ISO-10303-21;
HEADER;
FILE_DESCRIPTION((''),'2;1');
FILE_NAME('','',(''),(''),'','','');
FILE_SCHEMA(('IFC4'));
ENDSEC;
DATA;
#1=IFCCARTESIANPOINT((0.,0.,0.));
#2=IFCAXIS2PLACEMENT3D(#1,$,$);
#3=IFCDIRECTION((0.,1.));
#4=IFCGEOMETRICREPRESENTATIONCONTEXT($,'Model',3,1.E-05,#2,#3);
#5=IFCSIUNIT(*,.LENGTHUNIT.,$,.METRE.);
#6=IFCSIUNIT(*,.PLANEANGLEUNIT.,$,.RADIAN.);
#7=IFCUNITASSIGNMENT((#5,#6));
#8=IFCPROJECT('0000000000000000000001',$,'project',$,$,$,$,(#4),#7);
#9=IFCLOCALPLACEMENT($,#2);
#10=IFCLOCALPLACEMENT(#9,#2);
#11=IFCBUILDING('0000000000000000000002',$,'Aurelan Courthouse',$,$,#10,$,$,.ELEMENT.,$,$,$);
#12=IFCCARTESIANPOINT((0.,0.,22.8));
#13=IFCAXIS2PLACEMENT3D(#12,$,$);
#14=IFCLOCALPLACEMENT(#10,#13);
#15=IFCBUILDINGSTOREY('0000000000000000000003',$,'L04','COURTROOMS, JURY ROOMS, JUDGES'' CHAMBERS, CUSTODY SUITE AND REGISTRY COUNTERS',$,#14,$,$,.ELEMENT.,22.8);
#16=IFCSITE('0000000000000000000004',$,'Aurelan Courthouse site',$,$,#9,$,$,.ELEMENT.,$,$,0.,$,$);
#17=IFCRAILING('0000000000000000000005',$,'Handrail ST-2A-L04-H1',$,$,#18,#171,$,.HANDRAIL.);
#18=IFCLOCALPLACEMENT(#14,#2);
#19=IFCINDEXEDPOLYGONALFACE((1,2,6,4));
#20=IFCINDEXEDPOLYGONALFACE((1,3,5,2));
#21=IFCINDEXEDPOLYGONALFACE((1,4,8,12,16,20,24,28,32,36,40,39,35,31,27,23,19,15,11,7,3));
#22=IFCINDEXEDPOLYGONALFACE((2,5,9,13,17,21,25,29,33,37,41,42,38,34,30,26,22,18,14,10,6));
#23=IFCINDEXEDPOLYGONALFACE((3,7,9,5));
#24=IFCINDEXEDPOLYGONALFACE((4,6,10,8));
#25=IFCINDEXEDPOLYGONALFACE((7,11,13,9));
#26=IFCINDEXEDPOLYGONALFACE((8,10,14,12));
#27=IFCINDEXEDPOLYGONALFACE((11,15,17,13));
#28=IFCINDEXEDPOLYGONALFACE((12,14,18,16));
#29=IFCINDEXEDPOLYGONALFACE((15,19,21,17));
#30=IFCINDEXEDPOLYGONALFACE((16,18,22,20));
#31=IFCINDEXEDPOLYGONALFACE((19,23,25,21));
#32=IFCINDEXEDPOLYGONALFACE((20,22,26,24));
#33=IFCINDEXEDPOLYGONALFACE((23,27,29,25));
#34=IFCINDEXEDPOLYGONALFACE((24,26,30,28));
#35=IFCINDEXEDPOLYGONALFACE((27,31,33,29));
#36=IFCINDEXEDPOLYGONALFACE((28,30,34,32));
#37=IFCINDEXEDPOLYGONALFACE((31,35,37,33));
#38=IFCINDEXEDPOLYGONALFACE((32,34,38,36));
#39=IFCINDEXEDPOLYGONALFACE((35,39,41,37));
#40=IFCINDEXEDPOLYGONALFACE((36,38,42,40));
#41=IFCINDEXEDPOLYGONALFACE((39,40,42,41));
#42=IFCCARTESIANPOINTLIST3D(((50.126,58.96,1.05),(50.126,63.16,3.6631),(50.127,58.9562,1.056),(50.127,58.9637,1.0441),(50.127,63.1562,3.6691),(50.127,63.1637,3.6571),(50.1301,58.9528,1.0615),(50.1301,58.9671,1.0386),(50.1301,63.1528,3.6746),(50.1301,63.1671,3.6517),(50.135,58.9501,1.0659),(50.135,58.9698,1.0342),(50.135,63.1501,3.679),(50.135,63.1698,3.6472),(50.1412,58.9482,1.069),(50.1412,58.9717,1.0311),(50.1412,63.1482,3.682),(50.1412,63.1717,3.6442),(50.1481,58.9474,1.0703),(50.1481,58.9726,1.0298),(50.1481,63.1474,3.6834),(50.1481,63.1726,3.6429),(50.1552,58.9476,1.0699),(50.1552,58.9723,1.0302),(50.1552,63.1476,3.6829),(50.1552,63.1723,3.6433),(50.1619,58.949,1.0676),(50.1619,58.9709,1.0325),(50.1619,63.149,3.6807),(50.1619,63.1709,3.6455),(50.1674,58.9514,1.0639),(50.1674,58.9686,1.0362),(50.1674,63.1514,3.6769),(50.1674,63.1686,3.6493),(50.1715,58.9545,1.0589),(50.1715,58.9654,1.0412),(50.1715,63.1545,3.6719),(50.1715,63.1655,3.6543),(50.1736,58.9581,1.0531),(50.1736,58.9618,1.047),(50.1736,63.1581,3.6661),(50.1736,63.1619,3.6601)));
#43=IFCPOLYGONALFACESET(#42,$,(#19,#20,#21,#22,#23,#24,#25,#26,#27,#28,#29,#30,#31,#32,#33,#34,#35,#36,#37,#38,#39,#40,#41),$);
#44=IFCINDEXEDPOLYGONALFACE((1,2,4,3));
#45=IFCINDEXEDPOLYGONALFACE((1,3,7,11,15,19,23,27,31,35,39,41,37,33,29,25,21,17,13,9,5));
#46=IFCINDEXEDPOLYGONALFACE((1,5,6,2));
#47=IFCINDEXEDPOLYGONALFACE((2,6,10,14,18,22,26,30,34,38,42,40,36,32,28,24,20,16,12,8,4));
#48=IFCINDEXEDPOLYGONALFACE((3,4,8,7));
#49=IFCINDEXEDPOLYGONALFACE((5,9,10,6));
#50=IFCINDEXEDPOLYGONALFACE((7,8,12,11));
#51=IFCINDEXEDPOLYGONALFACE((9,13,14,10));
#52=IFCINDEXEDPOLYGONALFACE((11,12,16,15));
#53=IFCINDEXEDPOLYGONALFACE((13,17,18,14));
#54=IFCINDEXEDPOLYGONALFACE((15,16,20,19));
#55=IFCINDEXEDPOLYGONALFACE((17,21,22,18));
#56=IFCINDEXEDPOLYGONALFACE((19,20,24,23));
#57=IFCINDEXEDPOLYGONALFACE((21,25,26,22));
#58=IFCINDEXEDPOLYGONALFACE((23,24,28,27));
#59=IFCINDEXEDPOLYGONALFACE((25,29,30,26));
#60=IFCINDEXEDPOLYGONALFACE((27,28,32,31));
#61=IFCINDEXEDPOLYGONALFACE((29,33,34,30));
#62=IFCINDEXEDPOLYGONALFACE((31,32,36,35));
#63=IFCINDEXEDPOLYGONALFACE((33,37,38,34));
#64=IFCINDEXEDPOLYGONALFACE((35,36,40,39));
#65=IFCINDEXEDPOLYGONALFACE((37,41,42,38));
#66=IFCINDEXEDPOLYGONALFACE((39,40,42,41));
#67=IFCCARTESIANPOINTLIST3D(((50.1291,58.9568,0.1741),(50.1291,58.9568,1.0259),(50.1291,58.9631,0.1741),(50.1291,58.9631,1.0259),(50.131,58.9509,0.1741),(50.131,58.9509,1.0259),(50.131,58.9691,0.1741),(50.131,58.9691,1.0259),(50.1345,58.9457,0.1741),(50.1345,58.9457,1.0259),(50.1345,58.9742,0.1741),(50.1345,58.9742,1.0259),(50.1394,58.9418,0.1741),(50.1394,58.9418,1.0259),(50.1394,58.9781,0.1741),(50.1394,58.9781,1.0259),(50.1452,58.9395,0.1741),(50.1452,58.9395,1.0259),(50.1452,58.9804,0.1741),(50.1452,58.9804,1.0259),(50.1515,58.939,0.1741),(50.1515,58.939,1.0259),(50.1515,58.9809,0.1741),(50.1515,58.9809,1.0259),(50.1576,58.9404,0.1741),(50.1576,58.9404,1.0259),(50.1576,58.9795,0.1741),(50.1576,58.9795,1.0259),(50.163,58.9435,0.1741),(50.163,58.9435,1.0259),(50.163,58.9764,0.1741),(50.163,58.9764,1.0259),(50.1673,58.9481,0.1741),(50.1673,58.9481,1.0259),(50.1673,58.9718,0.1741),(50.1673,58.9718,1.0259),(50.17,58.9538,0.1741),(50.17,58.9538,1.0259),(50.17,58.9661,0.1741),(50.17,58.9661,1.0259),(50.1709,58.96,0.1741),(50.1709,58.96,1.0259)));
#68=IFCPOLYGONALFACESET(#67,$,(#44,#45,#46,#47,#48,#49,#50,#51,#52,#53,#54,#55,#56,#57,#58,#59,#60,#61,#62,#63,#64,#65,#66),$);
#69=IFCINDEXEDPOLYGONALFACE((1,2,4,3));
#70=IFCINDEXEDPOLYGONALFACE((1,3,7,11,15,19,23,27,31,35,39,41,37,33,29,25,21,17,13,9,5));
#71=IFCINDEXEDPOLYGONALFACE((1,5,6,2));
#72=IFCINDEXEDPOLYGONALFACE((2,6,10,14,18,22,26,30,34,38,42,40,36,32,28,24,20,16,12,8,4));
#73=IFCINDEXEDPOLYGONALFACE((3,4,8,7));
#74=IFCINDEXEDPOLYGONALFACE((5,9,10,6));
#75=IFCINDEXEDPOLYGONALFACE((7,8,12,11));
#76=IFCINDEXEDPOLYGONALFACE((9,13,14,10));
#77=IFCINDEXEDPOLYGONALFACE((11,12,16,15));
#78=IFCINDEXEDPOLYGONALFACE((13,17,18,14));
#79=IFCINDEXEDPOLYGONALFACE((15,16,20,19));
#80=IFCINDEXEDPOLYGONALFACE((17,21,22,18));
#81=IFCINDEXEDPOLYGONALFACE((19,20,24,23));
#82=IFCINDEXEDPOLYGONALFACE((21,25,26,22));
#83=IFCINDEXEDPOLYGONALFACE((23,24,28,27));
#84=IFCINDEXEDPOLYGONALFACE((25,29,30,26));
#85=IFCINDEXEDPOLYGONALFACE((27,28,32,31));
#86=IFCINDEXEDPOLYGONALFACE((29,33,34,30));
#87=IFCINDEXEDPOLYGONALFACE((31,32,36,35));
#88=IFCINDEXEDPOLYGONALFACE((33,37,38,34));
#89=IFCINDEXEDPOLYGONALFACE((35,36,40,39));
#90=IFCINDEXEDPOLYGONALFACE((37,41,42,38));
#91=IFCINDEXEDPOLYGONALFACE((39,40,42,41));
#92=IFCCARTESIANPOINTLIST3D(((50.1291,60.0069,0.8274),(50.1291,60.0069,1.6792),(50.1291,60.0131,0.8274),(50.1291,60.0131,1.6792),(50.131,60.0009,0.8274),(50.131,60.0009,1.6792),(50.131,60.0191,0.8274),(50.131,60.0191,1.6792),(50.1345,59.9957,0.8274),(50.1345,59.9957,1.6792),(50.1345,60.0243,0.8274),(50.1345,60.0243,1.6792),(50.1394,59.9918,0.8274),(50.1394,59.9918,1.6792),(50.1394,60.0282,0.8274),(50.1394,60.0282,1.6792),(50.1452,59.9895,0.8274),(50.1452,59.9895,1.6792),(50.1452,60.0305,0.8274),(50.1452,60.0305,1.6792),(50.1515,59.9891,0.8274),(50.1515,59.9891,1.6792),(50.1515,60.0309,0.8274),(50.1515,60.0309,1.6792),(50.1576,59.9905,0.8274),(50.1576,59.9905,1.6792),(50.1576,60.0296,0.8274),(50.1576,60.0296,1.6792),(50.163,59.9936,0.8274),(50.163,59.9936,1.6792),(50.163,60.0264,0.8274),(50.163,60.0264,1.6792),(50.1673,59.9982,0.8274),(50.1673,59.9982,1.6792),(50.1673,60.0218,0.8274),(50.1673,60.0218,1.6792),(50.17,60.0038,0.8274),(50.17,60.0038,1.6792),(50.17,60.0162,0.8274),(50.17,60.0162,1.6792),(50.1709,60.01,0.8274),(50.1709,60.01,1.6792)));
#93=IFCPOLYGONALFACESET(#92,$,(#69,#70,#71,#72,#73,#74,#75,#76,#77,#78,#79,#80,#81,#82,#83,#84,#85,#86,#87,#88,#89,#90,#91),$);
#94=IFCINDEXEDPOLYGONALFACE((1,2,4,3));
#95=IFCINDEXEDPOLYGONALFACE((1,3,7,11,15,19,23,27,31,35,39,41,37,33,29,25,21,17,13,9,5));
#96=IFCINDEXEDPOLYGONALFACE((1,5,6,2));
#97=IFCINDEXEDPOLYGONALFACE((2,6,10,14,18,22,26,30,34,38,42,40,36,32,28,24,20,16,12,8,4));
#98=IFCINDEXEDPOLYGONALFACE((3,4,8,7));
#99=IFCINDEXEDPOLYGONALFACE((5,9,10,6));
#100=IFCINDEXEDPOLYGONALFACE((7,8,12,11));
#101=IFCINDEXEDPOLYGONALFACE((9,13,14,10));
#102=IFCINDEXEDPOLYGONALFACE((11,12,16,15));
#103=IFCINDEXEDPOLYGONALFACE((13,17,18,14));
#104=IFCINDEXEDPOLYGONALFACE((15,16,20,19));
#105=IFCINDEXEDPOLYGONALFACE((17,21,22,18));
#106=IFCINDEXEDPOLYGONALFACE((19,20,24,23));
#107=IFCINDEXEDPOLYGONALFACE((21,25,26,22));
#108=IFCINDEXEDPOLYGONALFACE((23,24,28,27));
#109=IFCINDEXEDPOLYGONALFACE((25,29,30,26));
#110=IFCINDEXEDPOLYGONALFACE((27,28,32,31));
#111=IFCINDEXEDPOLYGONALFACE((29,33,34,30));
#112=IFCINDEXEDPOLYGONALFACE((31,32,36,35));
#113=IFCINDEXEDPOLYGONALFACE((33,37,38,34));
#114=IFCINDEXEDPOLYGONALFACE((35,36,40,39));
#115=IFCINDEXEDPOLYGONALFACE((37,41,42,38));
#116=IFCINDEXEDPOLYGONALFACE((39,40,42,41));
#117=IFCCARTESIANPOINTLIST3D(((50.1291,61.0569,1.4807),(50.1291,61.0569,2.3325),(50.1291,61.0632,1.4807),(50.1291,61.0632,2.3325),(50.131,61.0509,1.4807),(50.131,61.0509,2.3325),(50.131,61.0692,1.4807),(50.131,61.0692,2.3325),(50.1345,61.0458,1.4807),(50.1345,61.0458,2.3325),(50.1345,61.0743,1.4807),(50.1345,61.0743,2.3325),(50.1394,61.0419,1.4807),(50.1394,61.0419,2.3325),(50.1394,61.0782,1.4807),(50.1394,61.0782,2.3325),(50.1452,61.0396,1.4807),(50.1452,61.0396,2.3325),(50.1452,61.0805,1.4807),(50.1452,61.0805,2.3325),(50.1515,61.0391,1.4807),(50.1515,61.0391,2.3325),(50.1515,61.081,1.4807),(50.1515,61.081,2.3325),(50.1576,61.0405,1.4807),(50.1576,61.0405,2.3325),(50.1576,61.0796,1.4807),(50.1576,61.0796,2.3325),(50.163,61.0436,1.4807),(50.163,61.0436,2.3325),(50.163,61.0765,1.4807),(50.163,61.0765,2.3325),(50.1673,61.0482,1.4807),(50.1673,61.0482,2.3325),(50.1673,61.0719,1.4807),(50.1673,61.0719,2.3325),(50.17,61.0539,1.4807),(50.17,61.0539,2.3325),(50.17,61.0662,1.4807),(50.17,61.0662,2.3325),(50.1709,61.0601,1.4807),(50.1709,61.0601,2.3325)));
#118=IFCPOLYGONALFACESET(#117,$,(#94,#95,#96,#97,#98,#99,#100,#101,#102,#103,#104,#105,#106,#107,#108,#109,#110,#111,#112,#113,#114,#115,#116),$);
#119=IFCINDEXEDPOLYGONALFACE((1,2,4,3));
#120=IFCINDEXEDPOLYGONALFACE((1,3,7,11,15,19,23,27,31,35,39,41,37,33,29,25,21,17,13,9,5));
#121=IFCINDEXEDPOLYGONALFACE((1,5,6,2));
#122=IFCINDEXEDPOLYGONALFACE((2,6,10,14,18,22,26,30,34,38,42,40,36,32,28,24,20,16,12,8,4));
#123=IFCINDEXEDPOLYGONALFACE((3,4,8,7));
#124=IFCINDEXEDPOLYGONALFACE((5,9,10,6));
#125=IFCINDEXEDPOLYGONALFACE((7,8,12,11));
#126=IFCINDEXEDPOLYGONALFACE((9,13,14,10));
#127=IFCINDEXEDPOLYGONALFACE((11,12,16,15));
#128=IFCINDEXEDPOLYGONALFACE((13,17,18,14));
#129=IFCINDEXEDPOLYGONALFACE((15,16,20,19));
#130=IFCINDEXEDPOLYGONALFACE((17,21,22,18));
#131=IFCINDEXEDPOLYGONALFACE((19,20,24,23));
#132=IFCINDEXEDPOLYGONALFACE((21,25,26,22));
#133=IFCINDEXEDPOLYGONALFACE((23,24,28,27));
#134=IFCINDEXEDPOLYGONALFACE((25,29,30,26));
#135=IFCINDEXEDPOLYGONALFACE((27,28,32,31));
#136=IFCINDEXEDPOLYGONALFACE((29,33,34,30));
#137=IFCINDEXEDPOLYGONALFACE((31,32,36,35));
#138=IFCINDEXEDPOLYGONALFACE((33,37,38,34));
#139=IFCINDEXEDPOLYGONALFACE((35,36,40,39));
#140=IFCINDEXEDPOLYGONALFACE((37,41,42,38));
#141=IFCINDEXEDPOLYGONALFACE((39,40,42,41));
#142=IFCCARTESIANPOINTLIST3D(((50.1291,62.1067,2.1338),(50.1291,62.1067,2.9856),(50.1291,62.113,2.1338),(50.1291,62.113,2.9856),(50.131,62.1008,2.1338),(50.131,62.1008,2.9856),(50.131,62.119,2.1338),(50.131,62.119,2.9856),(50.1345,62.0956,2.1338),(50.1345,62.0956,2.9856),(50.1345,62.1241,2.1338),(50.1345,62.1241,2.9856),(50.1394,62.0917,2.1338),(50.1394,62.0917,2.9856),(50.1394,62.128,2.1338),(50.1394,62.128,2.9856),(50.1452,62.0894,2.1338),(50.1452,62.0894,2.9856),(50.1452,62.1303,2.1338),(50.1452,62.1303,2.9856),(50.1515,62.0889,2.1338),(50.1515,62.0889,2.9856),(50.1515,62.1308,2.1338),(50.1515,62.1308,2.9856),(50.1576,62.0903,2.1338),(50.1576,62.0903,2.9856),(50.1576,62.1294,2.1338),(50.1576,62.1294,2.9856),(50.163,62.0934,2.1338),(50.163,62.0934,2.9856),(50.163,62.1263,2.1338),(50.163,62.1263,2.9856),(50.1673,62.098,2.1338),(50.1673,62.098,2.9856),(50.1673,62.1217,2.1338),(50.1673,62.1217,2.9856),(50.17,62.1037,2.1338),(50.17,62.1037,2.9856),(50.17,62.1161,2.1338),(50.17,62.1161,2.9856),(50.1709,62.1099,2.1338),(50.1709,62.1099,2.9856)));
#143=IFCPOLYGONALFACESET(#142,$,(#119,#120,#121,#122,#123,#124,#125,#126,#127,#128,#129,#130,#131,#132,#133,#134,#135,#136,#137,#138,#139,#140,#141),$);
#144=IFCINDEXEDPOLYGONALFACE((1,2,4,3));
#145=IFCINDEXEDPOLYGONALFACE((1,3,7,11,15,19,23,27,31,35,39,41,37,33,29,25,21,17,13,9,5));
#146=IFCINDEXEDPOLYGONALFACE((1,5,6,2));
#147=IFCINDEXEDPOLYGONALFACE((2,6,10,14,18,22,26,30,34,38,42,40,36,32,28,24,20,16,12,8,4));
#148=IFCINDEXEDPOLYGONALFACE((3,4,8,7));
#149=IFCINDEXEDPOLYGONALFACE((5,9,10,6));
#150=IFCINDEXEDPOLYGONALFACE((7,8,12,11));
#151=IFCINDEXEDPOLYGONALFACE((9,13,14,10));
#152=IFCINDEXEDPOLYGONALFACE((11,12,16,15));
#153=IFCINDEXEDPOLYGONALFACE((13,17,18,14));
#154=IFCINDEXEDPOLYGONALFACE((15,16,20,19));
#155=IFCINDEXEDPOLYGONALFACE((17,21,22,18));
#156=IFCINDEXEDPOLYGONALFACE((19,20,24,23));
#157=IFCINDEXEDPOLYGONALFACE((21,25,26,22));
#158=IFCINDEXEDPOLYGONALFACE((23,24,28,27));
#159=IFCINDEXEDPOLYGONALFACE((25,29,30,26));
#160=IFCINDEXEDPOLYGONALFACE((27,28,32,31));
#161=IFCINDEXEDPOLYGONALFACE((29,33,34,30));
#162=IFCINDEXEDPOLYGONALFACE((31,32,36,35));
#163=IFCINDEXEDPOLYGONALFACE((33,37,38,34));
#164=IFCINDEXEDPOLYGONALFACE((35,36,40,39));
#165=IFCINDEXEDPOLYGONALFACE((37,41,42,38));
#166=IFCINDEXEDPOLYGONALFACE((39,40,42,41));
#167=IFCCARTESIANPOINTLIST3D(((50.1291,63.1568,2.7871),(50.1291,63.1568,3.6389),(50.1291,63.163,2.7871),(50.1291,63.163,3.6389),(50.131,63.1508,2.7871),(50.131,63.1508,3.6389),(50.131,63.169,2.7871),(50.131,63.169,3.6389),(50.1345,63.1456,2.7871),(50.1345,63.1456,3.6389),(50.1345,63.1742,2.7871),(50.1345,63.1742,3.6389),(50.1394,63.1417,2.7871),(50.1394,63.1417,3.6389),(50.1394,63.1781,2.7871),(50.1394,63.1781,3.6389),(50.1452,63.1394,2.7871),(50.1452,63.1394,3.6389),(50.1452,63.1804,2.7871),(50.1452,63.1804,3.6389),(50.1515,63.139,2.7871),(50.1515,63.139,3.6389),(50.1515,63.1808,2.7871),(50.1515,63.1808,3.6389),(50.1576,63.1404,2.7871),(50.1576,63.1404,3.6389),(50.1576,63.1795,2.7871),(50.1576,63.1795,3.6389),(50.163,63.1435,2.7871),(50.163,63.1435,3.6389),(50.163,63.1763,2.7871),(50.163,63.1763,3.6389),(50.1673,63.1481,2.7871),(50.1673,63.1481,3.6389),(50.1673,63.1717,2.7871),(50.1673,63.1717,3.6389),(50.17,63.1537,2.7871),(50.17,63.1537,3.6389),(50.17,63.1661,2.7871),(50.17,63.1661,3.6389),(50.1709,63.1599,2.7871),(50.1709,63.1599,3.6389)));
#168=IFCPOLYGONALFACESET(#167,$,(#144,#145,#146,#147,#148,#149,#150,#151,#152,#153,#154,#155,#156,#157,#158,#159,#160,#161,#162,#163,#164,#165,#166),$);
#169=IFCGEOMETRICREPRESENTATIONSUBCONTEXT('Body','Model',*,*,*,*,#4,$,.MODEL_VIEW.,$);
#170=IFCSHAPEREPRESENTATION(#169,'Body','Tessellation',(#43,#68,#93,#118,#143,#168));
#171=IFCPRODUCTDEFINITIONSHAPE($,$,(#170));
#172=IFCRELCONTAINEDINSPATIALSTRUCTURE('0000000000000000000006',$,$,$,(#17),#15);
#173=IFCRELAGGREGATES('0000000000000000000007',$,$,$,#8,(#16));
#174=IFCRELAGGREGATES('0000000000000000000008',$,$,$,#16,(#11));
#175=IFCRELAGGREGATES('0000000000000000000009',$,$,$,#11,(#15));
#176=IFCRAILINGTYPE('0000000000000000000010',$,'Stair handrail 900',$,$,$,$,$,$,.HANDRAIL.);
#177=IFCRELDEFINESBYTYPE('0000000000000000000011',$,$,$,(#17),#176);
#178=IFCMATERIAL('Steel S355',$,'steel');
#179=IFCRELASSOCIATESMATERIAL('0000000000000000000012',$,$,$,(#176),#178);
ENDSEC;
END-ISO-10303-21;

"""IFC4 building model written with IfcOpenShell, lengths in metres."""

from ifc_helpers import new_model, si_unit, direction, frame, origin, origin_2d, place, context, subcontext, project, spatial, circle, extrude, material, type_object, element, save


model = new_model("IFC4")

# Units and contexts
model_context = context("Model", 3, precision=1e-05, world=origin(), true_north=direction((0.0, 1.0)))
body_context = subcontext(model_context, "Body", "Model", "MODEL_VIEW")
ifc_project = project(units=[si_unit("LENGTHUNIT", "METRE"), si_unit("PLANEANGLEUNIT", "RADIAN")], contexts=[model_context])

# Site, building, storey
site_placement = place(None, origin())
site = spatial("IfcSite", under=ifc_project, at=site_placement, Name="Aurelan Courthouse site", CompositionType="ELEMENT", RefElevation=0.0)
building_placement = place(site_placement, origin())
building = spatial("IfcBuilding", under=site, at=building_placement, Name="Aurelan Courthouse", CompositionType="ELEMENT")
storey_placement = place(building_placement, frame((0.0, 0.0, 22.8)))
storey = spatial("IfcBuildingStorey", under=building, at=storey_placement, Name="L04", Description="COURTROOMS, JURY ROOMS, JUDGES' CHAMBERS, CUSTODY SUITE AND REGISTRY COUNTERS", CompositionType="ELEMENT", Elevation=22.8)

# Railing
ifc_material_1 = material(Name="Steel S355", Category="steel")
railing_type_1 = type_object("IfcRailingType", Name="Stair handrail 900", PredefinedType="HANDRAIL", material=ifc_material_1)
for number, where, name in (
    (1, (50.1499, 58.96, 0.1741), "Handrail ST-2A-L04-H1"),
):
    element("IfcRailing", number, at=place(storey_placement, frame(where)), inside=storey, type_object=railing_type_1, Name=name, PredefinedType="HANDRAIL", context=body_context, shape_type="SweptSolid", body=[
        extrude(circle(Radius=0.0239, at=origin_2d()), frame((0.0, 0.0, 0.876), z_axis=(0.0, 0.849081, 0.528263), x_axis=(-1.0, 0.0, 0.0)), (0.0, 0.0, 1.0), 4.9465),
        extrude(circle(Radius=0.021, at=origin_2d()), origin(), (0.0, 0.0, 1.0), 0.8518),
        extrude(circle(Radius=0.021, at=origin_2d()), frame((0.0, 1.05, 0.6533)), (0.0, 0.0, 1.0), 0.8518),
        extrude(circle(Radius=0.021, at=origin_2d()), frame((0.0, 2.1001, 1.3066)), (0.0, 0.0, 1.0), 0.8518),
        extrude(circle(Radius=0.021, at=origin_2d()), frame((0.0, 3.1499, 1.9597)), (0.0, 0.0, 1.0), 0.8518),
        extrude(circle(Radius=0.021, at=origin_2d()), frame((0.0, 4.2, 2.613)), (0.0, 0.0, 1.0), 0.8518),
    ])

save(model, "model.ifc")
